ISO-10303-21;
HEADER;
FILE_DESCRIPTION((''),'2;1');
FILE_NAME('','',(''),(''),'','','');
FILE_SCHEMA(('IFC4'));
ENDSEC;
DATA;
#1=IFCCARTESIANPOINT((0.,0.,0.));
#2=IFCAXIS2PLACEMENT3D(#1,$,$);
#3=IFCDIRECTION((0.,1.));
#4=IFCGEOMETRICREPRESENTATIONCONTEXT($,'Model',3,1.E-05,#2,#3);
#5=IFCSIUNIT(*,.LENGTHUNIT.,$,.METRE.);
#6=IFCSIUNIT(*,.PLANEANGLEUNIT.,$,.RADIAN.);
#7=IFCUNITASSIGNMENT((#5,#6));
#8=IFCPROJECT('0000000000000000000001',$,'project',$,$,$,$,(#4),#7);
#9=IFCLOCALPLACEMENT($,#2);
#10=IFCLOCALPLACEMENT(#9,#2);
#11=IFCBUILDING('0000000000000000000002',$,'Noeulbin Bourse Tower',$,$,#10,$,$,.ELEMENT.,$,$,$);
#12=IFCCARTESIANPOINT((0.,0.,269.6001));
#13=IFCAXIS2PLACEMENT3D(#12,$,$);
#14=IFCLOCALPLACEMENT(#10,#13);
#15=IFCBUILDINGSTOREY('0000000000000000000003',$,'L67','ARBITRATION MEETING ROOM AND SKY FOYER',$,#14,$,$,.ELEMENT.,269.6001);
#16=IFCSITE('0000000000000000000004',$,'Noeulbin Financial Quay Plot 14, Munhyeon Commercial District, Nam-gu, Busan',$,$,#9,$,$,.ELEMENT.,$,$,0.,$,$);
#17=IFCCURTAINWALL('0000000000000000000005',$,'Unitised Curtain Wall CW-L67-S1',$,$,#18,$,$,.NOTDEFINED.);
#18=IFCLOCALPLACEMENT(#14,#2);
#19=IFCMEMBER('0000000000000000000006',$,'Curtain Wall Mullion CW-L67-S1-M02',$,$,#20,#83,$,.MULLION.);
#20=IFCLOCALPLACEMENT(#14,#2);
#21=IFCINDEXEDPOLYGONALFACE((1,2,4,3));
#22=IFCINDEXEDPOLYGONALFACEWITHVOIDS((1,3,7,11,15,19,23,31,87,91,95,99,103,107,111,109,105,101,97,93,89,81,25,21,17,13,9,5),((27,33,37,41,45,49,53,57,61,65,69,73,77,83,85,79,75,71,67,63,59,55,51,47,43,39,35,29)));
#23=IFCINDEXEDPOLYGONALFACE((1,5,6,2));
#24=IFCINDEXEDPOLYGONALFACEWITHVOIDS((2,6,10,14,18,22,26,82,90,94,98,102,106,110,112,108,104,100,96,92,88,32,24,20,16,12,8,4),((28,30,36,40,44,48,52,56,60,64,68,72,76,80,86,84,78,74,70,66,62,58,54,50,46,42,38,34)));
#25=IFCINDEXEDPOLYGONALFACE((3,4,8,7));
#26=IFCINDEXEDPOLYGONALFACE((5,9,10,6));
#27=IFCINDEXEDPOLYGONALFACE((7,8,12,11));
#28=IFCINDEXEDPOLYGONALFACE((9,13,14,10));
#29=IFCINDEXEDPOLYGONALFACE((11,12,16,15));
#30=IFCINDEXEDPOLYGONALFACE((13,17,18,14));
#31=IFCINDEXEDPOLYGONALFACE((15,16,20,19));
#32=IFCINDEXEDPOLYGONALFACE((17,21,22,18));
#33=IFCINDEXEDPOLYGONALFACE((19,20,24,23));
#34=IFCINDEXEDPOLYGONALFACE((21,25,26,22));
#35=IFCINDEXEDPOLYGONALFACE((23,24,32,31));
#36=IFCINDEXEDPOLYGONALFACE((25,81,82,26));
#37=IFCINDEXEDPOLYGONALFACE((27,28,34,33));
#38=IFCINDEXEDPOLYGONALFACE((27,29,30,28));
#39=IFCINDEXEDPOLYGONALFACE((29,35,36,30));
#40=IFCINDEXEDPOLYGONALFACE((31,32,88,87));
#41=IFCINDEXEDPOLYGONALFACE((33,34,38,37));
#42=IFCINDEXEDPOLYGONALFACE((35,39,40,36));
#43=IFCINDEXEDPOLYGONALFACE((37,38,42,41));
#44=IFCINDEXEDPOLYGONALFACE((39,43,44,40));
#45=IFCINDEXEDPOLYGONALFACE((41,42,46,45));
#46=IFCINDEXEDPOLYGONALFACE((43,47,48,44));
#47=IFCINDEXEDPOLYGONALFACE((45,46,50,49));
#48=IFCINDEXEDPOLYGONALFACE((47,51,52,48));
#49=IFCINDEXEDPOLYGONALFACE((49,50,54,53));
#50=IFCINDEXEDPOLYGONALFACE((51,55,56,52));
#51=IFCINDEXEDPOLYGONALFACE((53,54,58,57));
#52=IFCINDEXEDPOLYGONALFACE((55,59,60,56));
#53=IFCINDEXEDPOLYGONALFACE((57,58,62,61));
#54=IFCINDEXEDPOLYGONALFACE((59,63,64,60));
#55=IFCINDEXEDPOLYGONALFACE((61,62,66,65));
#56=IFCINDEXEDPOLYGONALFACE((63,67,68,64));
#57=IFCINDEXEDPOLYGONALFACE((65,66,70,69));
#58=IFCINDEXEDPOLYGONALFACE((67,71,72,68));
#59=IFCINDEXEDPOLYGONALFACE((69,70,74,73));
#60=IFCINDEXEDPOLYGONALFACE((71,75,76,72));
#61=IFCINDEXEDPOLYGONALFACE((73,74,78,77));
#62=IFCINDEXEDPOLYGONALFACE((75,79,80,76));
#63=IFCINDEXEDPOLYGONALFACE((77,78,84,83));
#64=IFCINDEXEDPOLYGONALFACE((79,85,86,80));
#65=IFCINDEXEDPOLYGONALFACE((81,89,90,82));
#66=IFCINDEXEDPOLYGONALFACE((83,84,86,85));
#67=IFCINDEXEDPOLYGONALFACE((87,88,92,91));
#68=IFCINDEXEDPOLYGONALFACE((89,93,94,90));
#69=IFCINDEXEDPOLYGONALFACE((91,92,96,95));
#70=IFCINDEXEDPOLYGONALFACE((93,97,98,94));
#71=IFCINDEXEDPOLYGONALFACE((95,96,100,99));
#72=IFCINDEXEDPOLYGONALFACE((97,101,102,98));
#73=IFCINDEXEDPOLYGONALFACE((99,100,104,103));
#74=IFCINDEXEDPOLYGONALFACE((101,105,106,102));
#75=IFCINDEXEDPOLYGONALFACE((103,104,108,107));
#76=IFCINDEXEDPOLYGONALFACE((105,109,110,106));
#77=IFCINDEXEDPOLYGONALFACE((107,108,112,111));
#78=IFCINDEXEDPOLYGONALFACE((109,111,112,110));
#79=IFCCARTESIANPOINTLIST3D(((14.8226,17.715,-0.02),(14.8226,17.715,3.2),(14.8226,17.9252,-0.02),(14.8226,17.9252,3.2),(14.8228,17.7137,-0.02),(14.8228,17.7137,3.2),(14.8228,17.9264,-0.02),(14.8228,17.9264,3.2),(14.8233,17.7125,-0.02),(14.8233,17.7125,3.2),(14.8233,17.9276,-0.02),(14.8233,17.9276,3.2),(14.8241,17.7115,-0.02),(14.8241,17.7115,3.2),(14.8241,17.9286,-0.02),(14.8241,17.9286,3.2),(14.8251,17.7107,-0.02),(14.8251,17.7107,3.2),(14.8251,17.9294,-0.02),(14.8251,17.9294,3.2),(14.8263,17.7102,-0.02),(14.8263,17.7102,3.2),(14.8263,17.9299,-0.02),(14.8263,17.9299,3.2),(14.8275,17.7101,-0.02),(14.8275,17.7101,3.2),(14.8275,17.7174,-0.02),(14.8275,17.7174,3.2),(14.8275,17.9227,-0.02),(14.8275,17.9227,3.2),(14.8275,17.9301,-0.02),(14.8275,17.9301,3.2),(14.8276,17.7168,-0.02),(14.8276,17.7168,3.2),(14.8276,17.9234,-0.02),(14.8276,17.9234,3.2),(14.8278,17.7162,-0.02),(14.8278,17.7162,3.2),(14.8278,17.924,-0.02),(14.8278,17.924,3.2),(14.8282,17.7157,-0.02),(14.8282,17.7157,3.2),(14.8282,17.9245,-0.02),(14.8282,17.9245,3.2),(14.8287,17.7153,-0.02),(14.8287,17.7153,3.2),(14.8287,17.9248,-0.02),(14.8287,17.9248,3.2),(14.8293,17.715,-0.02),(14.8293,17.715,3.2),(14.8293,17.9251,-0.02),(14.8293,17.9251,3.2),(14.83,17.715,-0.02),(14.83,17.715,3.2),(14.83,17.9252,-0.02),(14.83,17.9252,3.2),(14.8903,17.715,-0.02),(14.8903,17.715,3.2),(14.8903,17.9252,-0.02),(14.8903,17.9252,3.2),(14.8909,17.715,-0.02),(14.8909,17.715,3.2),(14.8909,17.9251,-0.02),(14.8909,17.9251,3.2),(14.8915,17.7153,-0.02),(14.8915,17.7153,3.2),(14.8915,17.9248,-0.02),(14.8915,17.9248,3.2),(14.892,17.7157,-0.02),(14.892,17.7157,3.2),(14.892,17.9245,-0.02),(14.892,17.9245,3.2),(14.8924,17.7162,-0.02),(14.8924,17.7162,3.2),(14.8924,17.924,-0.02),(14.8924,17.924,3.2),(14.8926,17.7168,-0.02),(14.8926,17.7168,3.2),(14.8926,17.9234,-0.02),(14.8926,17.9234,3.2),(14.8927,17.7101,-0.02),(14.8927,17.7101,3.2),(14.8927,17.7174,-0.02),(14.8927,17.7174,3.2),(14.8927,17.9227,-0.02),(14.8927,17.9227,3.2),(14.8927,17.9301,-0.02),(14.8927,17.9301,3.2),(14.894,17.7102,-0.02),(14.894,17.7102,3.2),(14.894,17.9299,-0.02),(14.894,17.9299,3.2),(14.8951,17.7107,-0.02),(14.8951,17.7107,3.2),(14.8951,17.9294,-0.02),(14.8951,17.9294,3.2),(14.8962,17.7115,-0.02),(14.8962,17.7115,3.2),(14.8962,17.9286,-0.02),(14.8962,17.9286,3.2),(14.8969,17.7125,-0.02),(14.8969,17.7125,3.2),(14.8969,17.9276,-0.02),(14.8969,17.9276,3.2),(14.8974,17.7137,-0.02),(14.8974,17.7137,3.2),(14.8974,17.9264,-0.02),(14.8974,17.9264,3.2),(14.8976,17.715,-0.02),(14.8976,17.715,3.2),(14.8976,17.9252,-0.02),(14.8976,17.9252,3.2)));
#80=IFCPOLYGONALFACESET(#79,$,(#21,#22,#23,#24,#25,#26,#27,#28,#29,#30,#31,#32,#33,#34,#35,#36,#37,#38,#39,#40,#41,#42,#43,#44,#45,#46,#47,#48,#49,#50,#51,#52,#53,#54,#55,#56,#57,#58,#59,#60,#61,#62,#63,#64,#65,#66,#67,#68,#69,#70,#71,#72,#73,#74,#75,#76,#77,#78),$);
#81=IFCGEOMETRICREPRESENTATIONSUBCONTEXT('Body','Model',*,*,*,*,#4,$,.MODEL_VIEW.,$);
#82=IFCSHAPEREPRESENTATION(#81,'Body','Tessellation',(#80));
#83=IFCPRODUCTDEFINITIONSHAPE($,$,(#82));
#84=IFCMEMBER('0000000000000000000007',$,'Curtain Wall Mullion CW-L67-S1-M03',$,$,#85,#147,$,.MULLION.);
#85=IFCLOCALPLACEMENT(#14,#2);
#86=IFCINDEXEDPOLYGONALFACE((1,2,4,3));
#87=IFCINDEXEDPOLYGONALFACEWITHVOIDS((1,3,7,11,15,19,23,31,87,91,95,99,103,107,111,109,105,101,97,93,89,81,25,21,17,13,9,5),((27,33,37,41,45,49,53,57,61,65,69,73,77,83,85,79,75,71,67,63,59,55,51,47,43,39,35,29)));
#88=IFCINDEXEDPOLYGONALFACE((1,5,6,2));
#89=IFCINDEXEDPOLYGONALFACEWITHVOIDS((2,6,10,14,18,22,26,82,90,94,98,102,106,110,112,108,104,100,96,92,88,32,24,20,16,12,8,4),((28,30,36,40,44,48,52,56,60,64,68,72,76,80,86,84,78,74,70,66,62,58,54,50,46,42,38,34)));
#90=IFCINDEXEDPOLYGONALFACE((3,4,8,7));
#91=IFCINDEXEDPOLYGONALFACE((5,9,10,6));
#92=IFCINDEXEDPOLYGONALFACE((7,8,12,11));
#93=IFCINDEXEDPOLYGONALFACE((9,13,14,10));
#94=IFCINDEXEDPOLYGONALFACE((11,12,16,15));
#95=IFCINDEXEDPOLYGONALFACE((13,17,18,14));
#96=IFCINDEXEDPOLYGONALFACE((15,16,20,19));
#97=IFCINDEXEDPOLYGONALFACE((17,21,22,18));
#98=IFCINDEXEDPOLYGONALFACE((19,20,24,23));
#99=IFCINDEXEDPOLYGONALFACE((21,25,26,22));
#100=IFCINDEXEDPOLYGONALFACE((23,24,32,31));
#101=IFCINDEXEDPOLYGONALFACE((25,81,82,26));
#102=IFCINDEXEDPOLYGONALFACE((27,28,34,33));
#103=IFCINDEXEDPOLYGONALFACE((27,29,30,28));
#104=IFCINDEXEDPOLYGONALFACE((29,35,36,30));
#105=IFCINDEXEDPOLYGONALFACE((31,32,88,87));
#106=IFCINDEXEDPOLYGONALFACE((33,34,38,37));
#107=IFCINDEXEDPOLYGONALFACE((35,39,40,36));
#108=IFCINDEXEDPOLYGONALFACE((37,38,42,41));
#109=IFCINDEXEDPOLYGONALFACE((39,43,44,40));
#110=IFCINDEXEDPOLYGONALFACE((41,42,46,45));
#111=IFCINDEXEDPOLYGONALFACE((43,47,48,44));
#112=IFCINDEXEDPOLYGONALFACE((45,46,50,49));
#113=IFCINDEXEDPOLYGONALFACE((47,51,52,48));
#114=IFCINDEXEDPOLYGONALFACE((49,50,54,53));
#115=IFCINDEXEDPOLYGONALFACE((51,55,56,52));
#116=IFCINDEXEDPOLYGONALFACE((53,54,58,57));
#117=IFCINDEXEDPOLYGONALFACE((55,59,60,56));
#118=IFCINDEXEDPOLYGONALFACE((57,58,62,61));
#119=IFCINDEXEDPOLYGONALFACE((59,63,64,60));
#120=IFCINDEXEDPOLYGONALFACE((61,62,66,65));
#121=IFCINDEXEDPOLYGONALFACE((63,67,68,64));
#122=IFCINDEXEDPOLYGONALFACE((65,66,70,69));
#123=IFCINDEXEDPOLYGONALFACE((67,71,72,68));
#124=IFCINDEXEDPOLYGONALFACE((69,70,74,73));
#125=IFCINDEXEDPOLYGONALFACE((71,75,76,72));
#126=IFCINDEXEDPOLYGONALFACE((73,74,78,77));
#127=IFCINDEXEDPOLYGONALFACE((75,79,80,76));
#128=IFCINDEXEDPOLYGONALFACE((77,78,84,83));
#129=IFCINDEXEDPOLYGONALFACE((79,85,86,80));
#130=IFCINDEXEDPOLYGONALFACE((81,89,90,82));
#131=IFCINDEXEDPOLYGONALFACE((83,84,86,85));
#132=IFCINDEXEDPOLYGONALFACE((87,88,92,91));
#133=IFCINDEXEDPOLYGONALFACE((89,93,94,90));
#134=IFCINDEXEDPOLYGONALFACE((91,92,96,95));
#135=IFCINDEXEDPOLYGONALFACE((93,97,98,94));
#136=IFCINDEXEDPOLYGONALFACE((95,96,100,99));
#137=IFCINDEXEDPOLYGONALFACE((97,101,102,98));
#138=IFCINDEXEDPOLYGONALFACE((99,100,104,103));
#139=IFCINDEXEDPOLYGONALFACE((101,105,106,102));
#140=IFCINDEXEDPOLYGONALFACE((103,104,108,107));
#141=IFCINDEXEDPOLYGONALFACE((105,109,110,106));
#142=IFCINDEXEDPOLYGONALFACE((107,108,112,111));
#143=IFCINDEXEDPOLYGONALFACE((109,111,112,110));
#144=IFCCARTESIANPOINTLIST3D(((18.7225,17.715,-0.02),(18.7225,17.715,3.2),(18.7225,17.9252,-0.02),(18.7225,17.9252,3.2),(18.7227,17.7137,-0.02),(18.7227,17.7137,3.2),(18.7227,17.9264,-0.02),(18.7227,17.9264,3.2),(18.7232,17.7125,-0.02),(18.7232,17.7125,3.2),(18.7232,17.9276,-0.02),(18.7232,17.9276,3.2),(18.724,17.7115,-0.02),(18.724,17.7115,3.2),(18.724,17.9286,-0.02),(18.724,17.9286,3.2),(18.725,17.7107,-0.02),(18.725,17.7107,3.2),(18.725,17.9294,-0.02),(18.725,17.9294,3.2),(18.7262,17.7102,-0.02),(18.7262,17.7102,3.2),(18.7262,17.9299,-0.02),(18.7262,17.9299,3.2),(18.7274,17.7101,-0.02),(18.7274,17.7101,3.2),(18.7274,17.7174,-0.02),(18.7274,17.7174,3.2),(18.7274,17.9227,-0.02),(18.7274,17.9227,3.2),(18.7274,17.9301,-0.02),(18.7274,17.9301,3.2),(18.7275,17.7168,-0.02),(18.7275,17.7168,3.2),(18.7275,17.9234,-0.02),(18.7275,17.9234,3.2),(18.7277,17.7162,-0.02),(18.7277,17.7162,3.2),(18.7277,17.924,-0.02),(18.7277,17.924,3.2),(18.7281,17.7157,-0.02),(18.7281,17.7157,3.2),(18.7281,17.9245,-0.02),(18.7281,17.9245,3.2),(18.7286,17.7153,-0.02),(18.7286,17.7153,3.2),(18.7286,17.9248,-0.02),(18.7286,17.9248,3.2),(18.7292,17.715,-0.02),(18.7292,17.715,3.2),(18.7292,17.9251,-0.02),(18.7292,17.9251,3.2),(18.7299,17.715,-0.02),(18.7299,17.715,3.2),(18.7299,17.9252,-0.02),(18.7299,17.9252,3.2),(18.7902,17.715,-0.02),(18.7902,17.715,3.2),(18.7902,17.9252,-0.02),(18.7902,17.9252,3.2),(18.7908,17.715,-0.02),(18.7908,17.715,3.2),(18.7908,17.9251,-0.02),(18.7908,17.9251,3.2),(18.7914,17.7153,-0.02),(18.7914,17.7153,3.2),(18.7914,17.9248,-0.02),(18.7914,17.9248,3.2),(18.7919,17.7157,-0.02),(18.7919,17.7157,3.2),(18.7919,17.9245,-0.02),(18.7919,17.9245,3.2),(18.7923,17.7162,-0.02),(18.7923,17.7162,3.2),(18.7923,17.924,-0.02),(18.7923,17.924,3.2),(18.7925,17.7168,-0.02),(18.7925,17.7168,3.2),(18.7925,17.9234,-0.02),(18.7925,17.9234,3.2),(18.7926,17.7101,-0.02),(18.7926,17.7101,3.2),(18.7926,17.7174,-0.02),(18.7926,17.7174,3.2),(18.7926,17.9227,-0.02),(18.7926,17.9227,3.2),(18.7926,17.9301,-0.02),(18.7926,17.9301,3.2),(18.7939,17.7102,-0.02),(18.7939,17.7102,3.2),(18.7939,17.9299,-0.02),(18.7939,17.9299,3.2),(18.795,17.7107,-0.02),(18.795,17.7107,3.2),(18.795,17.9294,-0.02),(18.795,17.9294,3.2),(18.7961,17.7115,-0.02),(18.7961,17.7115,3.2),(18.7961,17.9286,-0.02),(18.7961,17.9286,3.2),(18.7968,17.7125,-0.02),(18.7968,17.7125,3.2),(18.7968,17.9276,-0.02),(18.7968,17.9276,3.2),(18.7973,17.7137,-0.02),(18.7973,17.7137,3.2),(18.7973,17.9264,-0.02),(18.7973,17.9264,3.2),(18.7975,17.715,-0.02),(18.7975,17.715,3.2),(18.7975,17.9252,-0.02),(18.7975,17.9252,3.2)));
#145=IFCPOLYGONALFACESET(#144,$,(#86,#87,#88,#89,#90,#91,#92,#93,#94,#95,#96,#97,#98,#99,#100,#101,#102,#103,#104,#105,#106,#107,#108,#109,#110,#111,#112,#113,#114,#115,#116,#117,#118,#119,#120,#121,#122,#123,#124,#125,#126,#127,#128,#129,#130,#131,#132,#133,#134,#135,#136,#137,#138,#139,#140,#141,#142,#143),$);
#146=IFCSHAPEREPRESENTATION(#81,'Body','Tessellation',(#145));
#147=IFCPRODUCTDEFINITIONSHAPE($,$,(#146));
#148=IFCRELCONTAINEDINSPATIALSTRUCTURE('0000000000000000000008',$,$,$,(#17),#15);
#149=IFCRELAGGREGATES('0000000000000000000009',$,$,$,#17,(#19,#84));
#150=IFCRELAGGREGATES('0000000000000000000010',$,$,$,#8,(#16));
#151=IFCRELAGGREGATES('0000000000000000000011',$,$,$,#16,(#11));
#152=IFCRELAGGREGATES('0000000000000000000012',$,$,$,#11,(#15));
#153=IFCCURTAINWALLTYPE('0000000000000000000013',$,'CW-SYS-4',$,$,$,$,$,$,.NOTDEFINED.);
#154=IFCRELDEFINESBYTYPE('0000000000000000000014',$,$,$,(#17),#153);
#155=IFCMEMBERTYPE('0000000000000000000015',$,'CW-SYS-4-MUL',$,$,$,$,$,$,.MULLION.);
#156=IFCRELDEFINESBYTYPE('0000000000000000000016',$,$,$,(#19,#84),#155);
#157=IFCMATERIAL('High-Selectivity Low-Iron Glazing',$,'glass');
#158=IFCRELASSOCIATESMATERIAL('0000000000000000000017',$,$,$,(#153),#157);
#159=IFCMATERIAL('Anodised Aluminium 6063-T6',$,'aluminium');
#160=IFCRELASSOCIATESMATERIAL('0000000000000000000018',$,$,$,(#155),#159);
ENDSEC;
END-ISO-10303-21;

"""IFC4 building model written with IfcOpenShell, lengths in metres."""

from ifc_helpers import new_model, si_unit, direction, frame, origin, origin_2d, place, context, subcontext, project, spatial, hollow_rectangle, extrude, material, material_profile, profile_set, type_object, element, aggregate, save


model = new_model("IFC4")

# Units and contexts
model_context = context("Model", 3, precision=1e-05, world=origin(), true_north=direction((0.0, 1.0)))
body_context = subcontext(model_context, "Body", "Model", "MODEL_VIEW")
ifc_project = project(units=[si_unit("LENGTHUNIT", "METRE"), si_unit("PLANEANGLEUNIT", "RADIAN")], contexts=[model_context])

# Site, building, storey
site_placement = place(None, origin())
site = spatial("IfcSite", under=ifc_project, at=site_placement, Name="Noeulbin Financial Quay Plot 14, Munhyeon Commercial District, Nam-gu, Busan", CompositionType="ELEMENT", RefElevation=0.0)
building_placement = place(site_placement, origin())
building = spatial("IfcBuilding", under=site, at=building_placement, Name="Noeulbin Bourse Tower", CompositionType="ELEMENT")
storey_placement = place(building_placement, frame((0.0, 0.0, 269.6001)))
storey = spatial("IfcBuildingStorey", under=building, at=storey_placement, Name="L67", Description="ARBITRATION MEETING ROOM AND SKY FOYER", CompositionType="ELEMENT", Elevation=269.6001)

# Curtain wall, members
ifc_material_1 = material(Name="High-Selectivity Low-Iron Glazing", Category="glass")
curtain_wall_type = type_object("IfcCurtainWallType", Name="CW-SYS-4", PredefinedType="NOTDEFINED", material=ifc_material_1)
curtain_wall_1_placement = place(storey_placement, origin())
curtain_wall_1 = element("IfcCurtainWall", 1, at=curtain_wall_1_placement, inside=storey, type_object=curtain_wall_type, Name="Unitised Curtain Wall CW-L67-S1", PredefinedType="NOTDEFINED")
ifc_material_2 = material(Name="Anodised Aluminium 6063-T6", Category="aluminium")
ifc_material_profile_1 = material_profile(ifc_material_2, hollow_rectangle(XDim=0.075, YDim=0.22, WallThickness=0.0049, InnerFilletRadius=0.0024, OuterFilletRadius=0.0049, at=origin_2d()), Name="ALU-MULL-75x220x5", Category="LoadBearing")
ifc_profile_set_1 = profile_set([ifc_material_profile_1], Name="Anodised Aluminium 6063-T6")
member_type_1 = type_object("IfcMemberType", Name="CW-SYS-4-MUL", PredefinedType="MULLION", material=ifc_profile_set_1)
member_1_placement = place(storey_placement, frame((14.8601, 17.8201, -0.02), z_axis=(0.0, 0.0, 1.0), x_axis=(1.0, 0.0, 0.0)))
member_1 = element("IfcMember", 2, at=member_1_placement, type_object=member_type_1, Name="Curtain Wall Mullion CW-L67-S1-M02", PredefinedType="MULLION", context=body_context, shape_type="SweptSolid", body=[
    extrude(hollow_rectangle(XDim=0.075, YDim=0.22, WallThickness=0.0049, InnerFilletRadius=0.0024, OuterFilletRadius=0.0049, at=origin_2d()), origin(), (0.0, 0.0, 1.0), 3.22),
])
member_2_placement = place(storey_placement, frame((18.76, 17.8201, -0.02), z_axis=(0.0, 0.0, 1.0), x_axis=(1.0, 0.0, 0.0)))
member_2 = element("IfcMember", 3, at=member_2_placement, type_object=member_type_1, Name="Curtain Wall Mullion CW-L67-S1-M03", PredefinedType="MULLION", context=body_context, shape_type="SweptSolid", body=[
    extrude(hollow_rectangle(XDim=0.075, YDim=0.22, WallThickness=0.0049, InnerFilletRadius=0.0024, OuterFilletRadius=0.0049, at=origin_2d()), origin(), (0.0, 0.0, 1.0), 3.22),
])

aggregate(curtain_wall_1, [member_1, member_2])

save(model, "model.ifc")
